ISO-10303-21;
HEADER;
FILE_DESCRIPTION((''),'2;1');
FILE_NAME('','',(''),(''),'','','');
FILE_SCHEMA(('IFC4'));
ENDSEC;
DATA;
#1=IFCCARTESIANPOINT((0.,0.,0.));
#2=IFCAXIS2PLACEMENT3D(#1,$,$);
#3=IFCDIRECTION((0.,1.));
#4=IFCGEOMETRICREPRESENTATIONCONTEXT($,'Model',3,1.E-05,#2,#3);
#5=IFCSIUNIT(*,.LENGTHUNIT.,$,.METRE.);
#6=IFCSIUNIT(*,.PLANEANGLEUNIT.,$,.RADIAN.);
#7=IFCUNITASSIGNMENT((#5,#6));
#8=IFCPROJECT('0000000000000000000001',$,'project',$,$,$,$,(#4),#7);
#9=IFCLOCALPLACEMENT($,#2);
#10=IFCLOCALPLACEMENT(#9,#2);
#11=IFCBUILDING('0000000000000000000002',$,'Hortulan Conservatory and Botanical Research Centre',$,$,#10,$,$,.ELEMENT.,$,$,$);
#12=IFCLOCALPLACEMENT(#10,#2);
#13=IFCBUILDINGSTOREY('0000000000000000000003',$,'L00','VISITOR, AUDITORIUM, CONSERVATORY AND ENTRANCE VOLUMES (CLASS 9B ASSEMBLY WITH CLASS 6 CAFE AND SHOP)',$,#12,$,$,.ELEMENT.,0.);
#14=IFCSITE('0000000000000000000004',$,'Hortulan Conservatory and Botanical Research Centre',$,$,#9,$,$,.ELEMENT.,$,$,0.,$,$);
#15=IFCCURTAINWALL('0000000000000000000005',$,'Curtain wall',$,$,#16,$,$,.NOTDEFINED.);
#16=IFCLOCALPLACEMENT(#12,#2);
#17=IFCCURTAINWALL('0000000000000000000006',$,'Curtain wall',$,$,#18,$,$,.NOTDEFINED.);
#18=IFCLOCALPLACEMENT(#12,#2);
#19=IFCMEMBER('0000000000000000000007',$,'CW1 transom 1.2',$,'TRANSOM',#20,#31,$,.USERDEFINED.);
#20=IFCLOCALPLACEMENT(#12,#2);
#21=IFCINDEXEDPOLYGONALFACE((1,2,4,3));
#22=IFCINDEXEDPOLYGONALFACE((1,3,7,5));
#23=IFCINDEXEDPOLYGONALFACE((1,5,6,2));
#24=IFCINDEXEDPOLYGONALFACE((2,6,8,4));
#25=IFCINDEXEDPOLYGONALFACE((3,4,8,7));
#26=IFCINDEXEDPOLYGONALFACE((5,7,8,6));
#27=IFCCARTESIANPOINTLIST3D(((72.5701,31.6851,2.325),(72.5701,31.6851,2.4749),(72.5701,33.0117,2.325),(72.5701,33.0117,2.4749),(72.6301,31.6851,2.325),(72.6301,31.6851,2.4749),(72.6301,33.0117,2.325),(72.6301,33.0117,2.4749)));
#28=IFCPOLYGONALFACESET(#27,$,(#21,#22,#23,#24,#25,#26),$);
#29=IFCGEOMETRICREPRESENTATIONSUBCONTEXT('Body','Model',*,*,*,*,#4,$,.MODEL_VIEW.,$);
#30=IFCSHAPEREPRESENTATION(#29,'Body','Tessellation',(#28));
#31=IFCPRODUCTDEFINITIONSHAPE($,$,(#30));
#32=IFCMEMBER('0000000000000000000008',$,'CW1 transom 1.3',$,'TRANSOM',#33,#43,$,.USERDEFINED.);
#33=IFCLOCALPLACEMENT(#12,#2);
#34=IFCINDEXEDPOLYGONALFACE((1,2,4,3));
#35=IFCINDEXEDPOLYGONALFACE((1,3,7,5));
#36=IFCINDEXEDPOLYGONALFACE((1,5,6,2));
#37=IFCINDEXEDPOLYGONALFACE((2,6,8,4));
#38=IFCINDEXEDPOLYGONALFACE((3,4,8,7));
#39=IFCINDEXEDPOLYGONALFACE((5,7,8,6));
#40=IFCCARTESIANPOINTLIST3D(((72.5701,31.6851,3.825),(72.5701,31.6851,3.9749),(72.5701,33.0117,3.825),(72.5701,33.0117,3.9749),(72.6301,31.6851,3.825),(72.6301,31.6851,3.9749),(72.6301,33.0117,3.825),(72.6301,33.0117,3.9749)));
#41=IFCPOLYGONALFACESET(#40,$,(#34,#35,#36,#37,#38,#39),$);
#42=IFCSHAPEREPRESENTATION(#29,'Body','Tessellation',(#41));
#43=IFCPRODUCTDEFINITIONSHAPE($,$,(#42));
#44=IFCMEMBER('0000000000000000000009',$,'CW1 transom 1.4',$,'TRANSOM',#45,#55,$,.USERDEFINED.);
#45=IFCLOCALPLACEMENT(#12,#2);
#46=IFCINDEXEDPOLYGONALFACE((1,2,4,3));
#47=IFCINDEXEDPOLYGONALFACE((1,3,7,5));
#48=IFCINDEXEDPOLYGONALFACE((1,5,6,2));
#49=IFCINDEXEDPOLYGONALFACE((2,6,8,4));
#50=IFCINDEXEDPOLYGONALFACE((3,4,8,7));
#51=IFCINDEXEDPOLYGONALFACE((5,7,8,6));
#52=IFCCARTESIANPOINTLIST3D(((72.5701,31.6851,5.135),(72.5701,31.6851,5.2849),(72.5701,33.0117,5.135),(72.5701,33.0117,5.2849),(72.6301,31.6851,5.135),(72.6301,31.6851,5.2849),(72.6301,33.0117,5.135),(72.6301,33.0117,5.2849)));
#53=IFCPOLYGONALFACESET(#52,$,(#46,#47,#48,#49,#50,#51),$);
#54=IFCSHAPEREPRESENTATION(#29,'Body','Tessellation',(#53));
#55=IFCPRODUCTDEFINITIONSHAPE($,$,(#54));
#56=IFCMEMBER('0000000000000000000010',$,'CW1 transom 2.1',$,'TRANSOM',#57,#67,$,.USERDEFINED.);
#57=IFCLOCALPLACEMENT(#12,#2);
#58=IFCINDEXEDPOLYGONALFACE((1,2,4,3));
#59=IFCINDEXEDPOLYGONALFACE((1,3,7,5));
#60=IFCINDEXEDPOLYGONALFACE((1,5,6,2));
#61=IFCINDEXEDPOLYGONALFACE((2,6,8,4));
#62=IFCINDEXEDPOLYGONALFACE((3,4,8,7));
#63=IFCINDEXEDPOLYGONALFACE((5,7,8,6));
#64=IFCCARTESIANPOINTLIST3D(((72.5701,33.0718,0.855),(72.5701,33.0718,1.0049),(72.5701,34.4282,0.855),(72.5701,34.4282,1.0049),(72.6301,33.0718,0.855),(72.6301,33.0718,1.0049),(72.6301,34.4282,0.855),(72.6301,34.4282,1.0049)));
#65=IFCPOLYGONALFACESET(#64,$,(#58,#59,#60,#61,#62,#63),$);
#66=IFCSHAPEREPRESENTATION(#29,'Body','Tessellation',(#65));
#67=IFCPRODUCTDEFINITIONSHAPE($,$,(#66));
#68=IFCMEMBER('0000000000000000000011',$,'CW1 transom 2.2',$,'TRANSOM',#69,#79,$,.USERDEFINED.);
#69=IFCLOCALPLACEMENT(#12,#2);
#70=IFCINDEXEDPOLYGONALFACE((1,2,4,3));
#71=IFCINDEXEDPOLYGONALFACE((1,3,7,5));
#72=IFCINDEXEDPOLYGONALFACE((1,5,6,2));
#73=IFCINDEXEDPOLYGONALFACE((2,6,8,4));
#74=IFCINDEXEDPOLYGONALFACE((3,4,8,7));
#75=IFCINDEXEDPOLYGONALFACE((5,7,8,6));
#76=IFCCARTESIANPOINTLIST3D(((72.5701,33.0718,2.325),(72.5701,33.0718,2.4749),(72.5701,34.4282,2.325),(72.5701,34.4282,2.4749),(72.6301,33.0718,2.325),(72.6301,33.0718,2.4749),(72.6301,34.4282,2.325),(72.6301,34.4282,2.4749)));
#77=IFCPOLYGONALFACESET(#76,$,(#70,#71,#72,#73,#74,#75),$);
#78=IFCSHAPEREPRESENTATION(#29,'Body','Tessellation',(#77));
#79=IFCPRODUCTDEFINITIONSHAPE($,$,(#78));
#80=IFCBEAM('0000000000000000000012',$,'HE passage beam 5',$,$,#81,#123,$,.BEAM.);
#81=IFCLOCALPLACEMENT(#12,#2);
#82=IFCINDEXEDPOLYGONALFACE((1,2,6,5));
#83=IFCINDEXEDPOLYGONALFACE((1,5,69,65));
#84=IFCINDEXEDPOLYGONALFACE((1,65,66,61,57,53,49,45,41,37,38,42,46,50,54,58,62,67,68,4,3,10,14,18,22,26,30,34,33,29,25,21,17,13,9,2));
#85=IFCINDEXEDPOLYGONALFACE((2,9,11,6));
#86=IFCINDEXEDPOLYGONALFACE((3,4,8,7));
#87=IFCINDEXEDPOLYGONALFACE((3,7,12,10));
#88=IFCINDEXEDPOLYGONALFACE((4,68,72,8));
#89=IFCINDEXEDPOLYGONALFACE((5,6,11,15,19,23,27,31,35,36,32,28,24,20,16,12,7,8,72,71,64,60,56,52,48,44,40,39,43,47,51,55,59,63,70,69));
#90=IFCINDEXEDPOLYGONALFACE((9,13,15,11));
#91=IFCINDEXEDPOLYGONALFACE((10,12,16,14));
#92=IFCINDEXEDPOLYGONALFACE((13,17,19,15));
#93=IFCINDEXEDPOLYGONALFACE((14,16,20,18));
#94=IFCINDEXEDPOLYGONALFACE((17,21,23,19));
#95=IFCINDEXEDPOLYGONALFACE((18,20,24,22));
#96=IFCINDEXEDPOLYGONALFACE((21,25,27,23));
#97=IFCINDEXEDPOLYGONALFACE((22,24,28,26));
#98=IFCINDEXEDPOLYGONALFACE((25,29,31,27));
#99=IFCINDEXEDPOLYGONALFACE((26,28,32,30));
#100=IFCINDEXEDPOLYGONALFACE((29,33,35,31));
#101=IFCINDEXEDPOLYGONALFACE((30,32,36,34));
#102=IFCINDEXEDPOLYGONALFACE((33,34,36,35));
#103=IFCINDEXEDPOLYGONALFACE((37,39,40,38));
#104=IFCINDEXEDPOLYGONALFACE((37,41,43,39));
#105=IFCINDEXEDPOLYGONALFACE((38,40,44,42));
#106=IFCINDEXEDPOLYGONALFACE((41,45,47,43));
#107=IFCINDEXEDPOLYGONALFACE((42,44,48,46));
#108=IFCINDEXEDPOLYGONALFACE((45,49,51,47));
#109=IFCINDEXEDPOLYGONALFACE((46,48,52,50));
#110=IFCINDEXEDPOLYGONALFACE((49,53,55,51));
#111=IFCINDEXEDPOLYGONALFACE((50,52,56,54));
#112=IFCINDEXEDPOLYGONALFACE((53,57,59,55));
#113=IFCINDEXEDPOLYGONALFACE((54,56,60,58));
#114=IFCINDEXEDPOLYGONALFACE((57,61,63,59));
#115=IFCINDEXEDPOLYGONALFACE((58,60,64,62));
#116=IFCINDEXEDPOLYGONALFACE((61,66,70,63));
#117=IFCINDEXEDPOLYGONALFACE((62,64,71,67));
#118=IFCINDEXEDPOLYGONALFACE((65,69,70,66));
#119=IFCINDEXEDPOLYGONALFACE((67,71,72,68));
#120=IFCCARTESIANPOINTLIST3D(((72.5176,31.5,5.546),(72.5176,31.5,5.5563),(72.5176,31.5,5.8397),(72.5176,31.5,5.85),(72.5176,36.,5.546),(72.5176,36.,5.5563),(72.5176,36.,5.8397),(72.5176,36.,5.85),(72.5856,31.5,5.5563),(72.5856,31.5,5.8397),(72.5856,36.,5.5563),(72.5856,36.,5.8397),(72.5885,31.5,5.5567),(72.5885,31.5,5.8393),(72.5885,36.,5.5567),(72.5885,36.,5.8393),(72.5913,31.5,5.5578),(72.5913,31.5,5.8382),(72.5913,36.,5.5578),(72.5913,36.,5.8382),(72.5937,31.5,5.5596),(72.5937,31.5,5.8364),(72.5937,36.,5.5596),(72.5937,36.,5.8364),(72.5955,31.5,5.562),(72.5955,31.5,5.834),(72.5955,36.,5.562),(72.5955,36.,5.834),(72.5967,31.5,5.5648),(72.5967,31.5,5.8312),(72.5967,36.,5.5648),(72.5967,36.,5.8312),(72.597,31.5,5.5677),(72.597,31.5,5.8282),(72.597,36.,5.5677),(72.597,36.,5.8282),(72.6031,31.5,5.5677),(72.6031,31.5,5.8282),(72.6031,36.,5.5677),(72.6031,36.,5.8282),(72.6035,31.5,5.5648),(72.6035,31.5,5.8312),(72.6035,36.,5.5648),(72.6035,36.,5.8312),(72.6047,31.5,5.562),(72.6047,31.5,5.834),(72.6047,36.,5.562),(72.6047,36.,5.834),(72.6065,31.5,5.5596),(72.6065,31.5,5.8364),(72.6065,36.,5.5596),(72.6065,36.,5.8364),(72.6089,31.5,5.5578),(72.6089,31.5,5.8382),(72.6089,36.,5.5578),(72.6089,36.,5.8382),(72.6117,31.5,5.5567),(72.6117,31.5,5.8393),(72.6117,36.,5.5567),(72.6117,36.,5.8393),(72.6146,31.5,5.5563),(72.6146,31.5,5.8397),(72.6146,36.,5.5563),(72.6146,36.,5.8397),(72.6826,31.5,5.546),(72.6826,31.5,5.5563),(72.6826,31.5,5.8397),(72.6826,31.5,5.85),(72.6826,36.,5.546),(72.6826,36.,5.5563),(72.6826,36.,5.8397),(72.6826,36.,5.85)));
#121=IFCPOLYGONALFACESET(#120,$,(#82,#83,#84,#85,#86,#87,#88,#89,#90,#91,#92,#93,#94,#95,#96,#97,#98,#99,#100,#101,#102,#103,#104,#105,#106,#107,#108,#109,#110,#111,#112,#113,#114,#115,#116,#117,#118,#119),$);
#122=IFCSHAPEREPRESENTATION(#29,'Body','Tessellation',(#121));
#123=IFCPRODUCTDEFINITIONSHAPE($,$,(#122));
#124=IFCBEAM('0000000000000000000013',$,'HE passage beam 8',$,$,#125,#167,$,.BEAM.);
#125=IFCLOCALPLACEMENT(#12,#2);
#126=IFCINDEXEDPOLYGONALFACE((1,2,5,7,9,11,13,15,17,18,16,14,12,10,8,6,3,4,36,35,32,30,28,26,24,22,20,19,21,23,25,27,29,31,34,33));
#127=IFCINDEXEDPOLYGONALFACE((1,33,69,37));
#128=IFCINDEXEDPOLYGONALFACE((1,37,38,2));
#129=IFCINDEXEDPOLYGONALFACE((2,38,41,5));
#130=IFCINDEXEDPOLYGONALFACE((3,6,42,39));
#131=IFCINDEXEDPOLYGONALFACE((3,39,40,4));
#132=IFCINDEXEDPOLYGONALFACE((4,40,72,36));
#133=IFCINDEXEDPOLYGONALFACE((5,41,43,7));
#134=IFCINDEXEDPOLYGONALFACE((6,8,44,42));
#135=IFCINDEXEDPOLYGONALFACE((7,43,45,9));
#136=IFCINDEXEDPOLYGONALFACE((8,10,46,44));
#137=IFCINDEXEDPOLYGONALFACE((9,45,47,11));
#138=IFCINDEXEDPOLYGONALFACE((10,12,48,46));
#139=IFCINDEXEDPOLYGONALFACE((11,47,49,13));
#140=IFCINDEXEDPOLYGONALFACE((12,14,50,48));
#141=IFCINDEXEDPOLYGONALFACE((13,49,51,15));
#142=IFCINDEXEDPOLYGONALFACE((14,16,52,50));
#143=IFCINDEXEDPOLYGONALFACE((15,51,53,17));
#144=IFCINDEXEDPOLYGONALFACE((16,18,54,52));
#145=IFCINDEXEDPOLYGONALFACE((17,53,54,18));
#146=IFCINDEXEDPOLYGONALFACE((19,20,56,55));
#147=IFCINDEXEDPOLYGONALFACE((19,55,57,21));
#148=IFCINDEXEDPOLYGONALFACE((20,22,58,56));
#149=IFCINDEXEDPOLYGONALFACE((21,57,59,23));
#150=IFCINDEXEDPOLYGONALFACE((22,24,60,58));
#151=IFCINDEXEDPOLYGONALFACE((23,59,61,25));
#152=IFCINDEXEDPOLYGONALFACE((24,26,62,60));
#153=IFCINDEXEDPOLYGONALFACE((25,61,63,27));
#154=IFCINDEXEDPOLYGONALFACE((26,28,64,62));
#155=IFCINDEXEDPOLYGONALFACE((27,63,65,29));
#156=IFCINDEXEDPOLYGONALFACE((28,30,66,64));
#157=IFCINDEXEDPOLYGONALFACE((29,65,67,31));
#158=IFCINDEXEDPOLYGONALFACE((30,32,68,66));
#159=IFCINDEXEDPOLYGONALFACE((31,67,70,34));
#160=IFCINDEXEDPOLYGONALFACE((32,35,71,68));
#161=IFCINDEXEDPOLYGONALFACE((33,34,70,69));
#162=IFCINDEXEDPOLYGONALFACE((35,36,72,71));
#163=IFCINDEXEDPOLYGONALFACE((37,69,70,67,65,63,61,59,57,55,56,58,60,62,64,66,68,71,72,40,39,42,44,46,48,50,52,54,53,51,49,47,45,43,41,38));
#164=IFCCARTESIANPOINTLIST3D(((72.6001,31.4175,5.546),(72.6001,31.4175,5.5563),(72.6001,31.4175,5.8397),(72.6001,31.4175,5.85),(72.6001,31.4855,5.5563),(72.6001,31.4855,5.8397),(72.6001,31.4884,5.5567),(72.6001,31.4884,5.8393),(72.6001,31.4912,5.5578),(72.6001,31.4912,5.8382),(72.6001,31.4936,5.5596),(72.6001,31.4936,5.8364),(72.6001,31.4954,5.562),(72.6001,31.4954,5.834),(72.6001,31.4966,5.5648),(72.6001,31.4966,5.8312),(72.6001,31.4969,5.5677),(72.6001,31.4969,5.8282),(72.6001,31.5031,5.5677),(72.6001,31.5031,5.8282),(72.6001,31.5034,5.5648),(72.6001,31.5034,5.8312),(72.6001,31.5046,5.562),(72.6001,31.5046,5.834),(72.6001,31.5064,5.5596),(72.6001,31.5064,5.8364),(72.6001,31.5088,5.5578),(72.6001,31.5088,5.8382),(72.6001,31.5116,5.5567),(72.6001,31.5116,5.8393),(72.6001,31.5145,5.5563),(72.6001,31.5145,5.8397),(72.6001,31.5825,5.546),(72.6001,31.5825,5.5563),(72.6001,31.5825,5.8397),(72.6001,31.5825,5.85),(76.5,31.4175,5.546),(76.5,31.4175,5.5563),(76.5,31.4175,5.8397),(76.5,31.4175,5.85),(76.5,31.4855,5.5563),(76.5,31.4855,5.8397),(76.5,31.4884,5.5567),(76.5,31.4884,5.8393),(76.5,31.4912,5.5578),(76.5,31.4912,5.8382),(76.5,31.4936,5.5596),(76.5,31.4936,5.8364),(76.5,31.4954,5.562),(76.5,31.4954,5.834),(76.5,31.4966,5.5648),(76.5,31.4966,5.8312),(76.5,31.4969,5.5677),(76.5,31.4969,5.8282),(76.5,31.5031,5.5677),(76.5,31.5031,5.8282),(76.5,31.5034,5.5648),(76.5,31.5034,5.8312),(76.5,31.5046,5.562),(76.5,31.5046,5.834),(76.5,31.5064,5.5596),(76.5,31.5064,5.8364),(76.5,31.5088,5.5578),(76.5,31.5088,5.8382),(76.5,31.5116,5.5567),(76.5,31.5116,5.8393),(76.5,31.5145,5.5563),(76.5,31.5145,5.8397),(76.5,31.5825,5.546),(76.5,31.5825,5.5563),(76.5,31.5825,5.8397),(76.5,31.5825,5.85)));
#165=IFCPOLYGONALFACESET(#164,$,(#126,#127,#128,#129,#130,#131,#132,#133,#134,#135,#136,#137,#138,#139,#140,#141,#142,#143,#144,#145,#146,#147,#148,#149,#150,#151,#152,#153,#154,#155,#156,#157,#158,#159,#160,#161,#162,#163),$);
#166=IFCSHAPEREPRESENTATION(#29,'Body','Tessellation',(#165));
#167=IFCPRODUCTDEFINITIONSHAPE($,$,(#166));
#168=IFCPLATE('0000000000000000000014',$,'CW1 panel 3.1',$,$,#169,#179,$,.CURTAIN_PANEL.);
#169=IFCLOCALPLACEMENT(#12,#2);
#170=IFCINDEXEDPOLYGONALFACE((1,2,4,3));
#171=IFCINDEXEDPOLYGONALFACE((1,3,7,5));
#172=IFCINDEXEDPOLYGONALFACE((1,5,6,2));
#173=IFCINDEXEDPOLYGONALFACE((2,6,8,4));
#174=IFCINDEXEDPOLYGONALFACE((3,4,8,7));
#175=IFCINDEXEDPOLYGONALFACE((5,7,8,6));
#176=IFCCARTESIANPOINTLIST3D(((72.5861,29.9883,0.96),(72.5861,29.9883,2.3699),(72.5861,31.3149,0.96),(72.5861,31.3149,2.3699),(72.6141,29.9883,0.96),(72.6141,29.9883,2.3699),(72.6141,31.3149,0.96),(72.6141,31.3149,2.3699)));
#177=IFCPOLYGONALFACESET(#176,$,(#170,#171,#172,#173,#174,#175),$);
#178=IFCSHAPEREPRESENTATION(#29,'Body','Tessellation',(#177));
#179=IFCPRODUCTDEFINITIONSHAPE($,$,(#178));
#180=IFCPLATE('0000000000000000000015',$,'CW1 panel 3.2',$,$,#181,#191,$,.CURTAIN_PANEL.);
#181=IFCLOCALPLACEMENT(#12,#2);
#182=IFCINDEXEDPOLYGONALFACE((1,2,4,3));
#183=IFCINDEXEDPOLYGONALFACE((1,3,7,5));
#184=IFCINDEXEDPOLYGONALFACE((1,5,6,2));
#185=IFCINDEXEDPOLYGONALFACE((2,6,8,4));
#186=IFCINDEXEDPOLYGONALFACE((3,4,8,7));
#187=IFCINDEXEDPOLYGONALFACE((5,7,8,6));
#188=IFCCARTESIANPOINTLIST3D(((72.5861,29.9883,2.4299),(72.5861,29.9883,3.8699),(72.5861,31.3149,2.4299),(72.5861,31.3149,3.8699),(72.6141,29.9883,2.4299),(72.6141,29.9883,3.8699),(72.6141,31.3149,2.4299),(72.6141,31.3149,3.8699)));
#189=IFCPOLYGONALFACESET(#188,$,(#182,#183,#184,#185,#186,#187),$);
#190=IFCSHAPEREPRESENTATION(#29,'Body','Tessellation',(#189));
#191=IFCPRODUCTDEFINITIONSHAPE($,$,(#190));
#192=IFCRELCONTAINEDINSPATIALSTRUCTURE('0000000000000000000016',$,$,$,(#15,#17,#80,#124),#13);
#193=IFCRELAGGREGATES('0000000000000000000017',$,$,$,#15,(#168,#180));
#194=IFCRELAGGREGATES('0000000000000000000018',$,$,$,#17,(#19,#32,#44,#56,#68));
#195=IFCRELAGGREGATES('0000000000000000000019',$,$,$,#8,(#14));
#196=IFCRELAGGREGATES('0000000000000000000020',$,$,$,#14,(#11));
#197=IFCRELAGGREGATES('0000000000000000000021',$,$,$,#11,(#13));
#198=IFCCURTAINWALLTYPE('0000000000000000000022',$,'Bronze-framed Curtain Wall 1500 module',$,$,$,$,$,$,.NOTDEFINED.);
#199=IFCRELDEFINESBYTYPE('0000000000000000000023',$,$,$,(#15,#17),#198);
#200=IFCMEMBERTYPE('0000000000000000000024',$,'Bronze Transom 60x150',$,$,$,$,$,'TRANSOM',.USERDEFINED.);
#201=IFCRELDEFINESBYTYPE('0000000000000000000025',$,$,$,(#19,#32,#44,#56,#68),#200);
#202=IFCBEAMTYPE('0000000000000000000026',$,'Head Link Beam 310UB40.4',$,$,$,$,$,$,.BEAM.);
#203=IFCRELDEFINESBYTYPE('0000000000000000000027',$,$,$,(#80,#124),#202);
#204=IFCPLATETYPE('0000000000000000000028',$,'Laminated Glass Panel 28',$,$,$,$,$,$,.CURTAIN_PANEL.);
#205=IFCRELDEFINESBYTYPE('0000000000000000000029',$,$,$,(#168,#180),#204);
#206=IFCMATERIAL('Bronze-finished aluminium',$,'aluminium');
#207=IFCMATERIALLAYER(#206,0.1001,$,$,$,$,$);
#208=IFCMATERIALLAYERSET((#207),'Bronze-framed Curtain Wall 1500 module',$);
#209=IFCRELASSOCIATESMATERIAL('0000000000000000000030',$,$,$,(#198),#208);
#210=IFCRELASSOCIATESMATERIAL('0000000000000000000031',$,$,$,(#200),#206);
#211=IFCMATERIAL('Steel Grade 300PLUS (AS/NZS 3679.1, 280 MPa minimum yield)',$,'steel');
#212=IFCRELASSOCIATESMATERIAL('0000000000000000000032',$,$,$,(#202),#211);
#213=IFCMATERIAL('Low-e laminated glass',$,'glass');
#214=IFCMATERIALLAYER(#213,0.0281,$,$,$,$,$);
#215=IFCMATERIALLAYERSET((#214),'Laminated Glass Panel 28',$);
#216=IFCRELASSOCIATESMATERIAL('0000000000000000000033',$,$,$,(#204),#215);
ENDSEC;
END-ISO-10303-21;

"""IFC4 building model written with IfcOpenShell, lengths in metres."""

from ifc_helpers import new_model, si_unit, direction, frame, origin, origin_2d, place, context, subcontext, project, spatial, rectangle, i_section, extrude, material, layer, layer_set, material_profile, profile_set, type_object, element, aggregate, save


model = new_model("IFC4")

# Units and contexts
model_context = context("Model", 3, precision=1e-05, world=origin(), true_north=direction((0.0, 1.0)))
body_context = subcontext(model_context, "Body", "Model", "MODEL_VIEW")
ifc_project = project(units=[si_unit("LENGTHUNIT", "METRE"), si_unit("PLANEANGLEUNIT", "RADIAN")], contexts=[model_context])

# Site, building, storey
site_placement = place(None, origin())
site = spatial("IfcSite", under=ifc_project, at=site_placement, Name="Hortulan Conservatory and Botanical Research Centre", CompositionType="ELEMENT", RefElevation=0.0)
building_placement = place(site_placement, origin())
building = spatial("IfcBuilding", under=site, at=building_placement, Name="Hortulan Conservatory and Botanical Research Centre", CompositionType="ELEMENT")
storey_placement = place(building_placement, origin())
storey = spatial("IfcBuildingStorey", under=building, at=storey_placement, Name="L00", Description="VISITOR, AUDITORIUM, CONSERVATORY AND ENTRANCE VOLUMES (CLASS 9B ASSEMBLY WITH CLASS 6 CAFE AND SHOP)", CompositionType="ELEMENT", Elevation=0.0)

# Curtain walls
ifc_material_1 = material(Name="Bronze-finished aluminium", Category="aluminium")
ifc_layer_1 = layer(ifc_material_1, 0.1001)
ifc_layer_set_1 = layer_set([ifc_layer_1], Name="Bronze-framed Curtain Wall 1500 module")
curtain_wall_type = type_object("IfcCurtainWallType", Name="Bronze-framed Curtain Wall 1500 module", PredefinedType="NOTDEFINED", material=ifc_layer_set_1)
curtain_wall_1_placement = place(storey_placement, origin())
curtain_wall_1 = element("IfcCurtainWall", 1, at=curtain_wall_1_placement, inside=storey, type_object=curtain_wall_type, Name="Curtain wall", PredefinedType="NOTDEFINED")
curtain_wall_2_placement = place(storey_placement, origin())
curtain_wall_2 = element("IfcCurtainWall", 2, at=curtain_wall_2_placement, inside=storey, type_object=curtain_wall_type, Name="Curtain wall", PredefinedType="NOTDEFINED")

# Members
ifc_material_profile_1 = material_profile(ifc_material_1, rectangle(XDim=0.0601, YDim=0.1499, at=origin_2d()), Name="Bronze Transom 60x150")
ifc_profile_set_1 = profile_set([ifc_material_profile_1], Name="Bronze-finished aluminium")
member_type_1 = type_object("IfcMemberType", Name="Bronze Transom 60x150", ElementType="TRANSOM", PredefinedType="USERDEFINED", material=ifc_profile_set_1)
member_1_placement = place(storey_placement, frame((72.6001, 31.6851, 2.3999), z_axis=(0.0, 1.0, 0.0), x_axis=(-1.0, 0.0, 0.0)))
member_1 = element("IfcMember", 3, at=member_1_placement, type_object=member_type_1, Name="CW1 transom 1.2", ObjectType="TRANSOM", PredefinedType="USERDEFINED", context=body_context, shape_type="SweptSolid", body=[
    extrude(rectangle(XDim=0.0601, YDim=0.1499, at=origin_2d()), origin(), (0.0, 0.0, 1.0), 1.3267),
])
member_2_placement = place(storey_placement, frame((72.6001, 31.6851, 3.8999), z_axis=(0.0, 1.0, 0.0), x_axis=(-1.0, 0.0, 0.0)))
member_2 = element("IfcMember", 4, at=member_2_placement, type_object=member_type_1, Name="CW1 transom 1.3", ObjectType="TRANSOM", PredefinedType="USERDEFINED", context=body_context, shape_type="SweptSolid", body=[
    extrude(rectangle(XDim=0.0601, YDim=0.1499, at=origin_2d()), origin(), (0.0, 0.0, 1.0), 1.3267),
])
member_3_placement = place(storey_placement, frame((72.6001, 31.6851, 5.21), z_axis=(0.0, 1.0, 0.0), x_axis=(-1.0, 0.0, 0.0)))
member_3 = element("IfcMember", 5, at=member_3_placement, type_object=member_type_1, Name="CW1 transom 1.4", ObjectType="TRANSOM", PredefinedType="USERDEFINED", context=body_context, shape_type="SweptSolid", body=[
    extrude(rectangle(XDim=0.0601, YDim=0.1499, at=origin_2d()), origin(), (0.0, 0.0, 1.0), 1.3267),
])
member_4_placement = place(storey_placement, frame((72.6001, 33.0718, 0.9299), z_axis=(0.0, 1.0, 0.0), x_axis=(-1.0, 0.0, 0.0)))
member_4 = element("IfcMember", 6, at=member_4_placement, type_object=member_type_1, Name="CW1 transom 2.1", ObjectType="TRANSOM", PredefinedType="USERDEFINED", context=body_context, shape_type="SweptSolid", body=[
    extrude(rectangle(XDim=0.0601, YDim=0.1499, at=origin_2d()), origin(), (0.0, 0.0, 1.0), 1.3564),
])
member_5_placement = place(storey_placement, frame((72.6001, 33.0718, 2.3999), z_axis=(0.0, 1.0, 0.0), x_axis=(-1.0, 0.0, 0.0)))
member_5 = element("IfcMember", 7, at=member_5_placement, type_object=member_type_1, Name="CW1 transom 2.2", ObjectType="TRANSOM", PredefinedType="USERDEFINED", context=body_context, shape_type="SweptSolid", body=[
    extrude(rectangle(XDim=0.0601, YDim=0.1499, at=origin_2d()), origin(), (0.0, 0.0, 1.0), 1.3564),
])

# Beams
ifc_material_2 = material(Name="Steel Grade 300PLUS (AS/NZS 3679.1, 280 MPa minimum yield)", Category="steel")
ifc_material_profile_2 = material_profile(ifc_material_2, i_section(OverallWidth=0.165, OverallDepth=0.304, WebThickness=0.0061, FlangeThickness=0.0103, FilletRadius=0.0115, at=origin_2d()), Name="310UB40.4")
ifc_profile_set_2 = profile_set([ifc_material_profile_2], Name="Steel Grade 300PLUS (AS/NZS 3679.1, 280 MPa minimum yield)")
beam_type = type_object("IfcBeamType", Name="Head Link Beam 310UB40.4", PredefinedType="BEAM", material=ifc_profile_set_2)
beam_1_placement = place(storey_placement, frame((72.6001, 31.5, 5.698), z_axis=(0.0, 1.0, 0.0), x_axis=(-1.0, 0.0, 0.0)))
element("IfcBeam", 8, at=beam_1_placement, inside=storey, type_object=beam_type, Name="HE passage beam 5", PredefinedType="BEAM", context=body_context, shape_type="SweptSolid", body=[
    extrude(i_section(OverallWidth=0.165, OverallDepth=0.304, WebThickness=0.0061, FlangeThickness=0.0103, FilletRadius=0.0115, at=origin_2d()), origin(), (0.0, 0.0, 1.0), 4.5),
])
beam_2_placement = place(storey_placement, frame((72.6001, 31.5, 5.698), z_axis=(1.0, 0.0, 0.0), x_axis=(0.0, 1.0, 0.0)))
element("IfcBeam", 9, at=beam_2_placement, inside=storey, type_object=beam_type, Name="HE passage beam 8", PredefinedType="BEAM", context=body_context, shape_type="SweptSolid", body=[
    extrude(i_section(OverallWidth=0.165, OverallDepth=0.304, WebThickness=0.0061, FlangeThickness=0.0103, FilletRadius=0.0115, at=origin_2d()), origin(), (0.0, 0.0, 1.0), 3.8999),
])

# Plates
ifc_material_3 = material(Name="Low-e laminated glass", Category="glass")
ifc_layer_2 = layer(ifc_material_3, 0.0281)
ifc_layer_set_2 = layer_set([ifc_layer_2], Name="Laminated Glass Panel 28")
plate_type = type_object("IfcPlateType", Name="Laminated Glass Panel 28", PredefinedType="CURTAIN_PANEL", material=ifc_layer_set_2)
plate_1_placement = place(storey_placement, frame((72.6001, 30.6516, 0.96), z_axis=(0.0, 0.0, 1.0), x_axis=(0.0, 1.0, 0.0)))
plate_1 = element("IfcPlate", 10, at=plate_1_placement, type_object=plate_type, Name="CW1 panel 3.1", PredefinedType="CURTAIN_PANEL", context=body_context, shape_type="SweptSolid", body=[
    extrude(rectangle(XDim=1.3267, YDim=0.0281, at=origin_2d()), origin(), (0.0, 0.0, 1.0), 1.4099),
])
plate_2_placement = place(storey_placement, frame((72.6001, 30.6516, 2.4299), z_axis=(0.0, 0.0, 1.0), x_axis=(0.0, 1.0, 0.0)))
plate_2 = element("IfcPlate", 11, at=plate_2_placement, type_object=plate_type, Name="CW1 panel 3.2", PredefinedType="CURTAIN_PANEL", context=body_context, shape_type="SweptSolid", body=[
    extrude(rectangle(XDim=1.3267, YDim=0.0281, at=origin_2d()), origin(), (0.0, 0.0, 1.0), 1.4399),
])
aggregate(curtain_wall_1, [plate_1, plate_2])
aggregate(curtain_wall_2, [member_1, member_2, member_3, member_4, member_5])

save(model, "model.ifc")
